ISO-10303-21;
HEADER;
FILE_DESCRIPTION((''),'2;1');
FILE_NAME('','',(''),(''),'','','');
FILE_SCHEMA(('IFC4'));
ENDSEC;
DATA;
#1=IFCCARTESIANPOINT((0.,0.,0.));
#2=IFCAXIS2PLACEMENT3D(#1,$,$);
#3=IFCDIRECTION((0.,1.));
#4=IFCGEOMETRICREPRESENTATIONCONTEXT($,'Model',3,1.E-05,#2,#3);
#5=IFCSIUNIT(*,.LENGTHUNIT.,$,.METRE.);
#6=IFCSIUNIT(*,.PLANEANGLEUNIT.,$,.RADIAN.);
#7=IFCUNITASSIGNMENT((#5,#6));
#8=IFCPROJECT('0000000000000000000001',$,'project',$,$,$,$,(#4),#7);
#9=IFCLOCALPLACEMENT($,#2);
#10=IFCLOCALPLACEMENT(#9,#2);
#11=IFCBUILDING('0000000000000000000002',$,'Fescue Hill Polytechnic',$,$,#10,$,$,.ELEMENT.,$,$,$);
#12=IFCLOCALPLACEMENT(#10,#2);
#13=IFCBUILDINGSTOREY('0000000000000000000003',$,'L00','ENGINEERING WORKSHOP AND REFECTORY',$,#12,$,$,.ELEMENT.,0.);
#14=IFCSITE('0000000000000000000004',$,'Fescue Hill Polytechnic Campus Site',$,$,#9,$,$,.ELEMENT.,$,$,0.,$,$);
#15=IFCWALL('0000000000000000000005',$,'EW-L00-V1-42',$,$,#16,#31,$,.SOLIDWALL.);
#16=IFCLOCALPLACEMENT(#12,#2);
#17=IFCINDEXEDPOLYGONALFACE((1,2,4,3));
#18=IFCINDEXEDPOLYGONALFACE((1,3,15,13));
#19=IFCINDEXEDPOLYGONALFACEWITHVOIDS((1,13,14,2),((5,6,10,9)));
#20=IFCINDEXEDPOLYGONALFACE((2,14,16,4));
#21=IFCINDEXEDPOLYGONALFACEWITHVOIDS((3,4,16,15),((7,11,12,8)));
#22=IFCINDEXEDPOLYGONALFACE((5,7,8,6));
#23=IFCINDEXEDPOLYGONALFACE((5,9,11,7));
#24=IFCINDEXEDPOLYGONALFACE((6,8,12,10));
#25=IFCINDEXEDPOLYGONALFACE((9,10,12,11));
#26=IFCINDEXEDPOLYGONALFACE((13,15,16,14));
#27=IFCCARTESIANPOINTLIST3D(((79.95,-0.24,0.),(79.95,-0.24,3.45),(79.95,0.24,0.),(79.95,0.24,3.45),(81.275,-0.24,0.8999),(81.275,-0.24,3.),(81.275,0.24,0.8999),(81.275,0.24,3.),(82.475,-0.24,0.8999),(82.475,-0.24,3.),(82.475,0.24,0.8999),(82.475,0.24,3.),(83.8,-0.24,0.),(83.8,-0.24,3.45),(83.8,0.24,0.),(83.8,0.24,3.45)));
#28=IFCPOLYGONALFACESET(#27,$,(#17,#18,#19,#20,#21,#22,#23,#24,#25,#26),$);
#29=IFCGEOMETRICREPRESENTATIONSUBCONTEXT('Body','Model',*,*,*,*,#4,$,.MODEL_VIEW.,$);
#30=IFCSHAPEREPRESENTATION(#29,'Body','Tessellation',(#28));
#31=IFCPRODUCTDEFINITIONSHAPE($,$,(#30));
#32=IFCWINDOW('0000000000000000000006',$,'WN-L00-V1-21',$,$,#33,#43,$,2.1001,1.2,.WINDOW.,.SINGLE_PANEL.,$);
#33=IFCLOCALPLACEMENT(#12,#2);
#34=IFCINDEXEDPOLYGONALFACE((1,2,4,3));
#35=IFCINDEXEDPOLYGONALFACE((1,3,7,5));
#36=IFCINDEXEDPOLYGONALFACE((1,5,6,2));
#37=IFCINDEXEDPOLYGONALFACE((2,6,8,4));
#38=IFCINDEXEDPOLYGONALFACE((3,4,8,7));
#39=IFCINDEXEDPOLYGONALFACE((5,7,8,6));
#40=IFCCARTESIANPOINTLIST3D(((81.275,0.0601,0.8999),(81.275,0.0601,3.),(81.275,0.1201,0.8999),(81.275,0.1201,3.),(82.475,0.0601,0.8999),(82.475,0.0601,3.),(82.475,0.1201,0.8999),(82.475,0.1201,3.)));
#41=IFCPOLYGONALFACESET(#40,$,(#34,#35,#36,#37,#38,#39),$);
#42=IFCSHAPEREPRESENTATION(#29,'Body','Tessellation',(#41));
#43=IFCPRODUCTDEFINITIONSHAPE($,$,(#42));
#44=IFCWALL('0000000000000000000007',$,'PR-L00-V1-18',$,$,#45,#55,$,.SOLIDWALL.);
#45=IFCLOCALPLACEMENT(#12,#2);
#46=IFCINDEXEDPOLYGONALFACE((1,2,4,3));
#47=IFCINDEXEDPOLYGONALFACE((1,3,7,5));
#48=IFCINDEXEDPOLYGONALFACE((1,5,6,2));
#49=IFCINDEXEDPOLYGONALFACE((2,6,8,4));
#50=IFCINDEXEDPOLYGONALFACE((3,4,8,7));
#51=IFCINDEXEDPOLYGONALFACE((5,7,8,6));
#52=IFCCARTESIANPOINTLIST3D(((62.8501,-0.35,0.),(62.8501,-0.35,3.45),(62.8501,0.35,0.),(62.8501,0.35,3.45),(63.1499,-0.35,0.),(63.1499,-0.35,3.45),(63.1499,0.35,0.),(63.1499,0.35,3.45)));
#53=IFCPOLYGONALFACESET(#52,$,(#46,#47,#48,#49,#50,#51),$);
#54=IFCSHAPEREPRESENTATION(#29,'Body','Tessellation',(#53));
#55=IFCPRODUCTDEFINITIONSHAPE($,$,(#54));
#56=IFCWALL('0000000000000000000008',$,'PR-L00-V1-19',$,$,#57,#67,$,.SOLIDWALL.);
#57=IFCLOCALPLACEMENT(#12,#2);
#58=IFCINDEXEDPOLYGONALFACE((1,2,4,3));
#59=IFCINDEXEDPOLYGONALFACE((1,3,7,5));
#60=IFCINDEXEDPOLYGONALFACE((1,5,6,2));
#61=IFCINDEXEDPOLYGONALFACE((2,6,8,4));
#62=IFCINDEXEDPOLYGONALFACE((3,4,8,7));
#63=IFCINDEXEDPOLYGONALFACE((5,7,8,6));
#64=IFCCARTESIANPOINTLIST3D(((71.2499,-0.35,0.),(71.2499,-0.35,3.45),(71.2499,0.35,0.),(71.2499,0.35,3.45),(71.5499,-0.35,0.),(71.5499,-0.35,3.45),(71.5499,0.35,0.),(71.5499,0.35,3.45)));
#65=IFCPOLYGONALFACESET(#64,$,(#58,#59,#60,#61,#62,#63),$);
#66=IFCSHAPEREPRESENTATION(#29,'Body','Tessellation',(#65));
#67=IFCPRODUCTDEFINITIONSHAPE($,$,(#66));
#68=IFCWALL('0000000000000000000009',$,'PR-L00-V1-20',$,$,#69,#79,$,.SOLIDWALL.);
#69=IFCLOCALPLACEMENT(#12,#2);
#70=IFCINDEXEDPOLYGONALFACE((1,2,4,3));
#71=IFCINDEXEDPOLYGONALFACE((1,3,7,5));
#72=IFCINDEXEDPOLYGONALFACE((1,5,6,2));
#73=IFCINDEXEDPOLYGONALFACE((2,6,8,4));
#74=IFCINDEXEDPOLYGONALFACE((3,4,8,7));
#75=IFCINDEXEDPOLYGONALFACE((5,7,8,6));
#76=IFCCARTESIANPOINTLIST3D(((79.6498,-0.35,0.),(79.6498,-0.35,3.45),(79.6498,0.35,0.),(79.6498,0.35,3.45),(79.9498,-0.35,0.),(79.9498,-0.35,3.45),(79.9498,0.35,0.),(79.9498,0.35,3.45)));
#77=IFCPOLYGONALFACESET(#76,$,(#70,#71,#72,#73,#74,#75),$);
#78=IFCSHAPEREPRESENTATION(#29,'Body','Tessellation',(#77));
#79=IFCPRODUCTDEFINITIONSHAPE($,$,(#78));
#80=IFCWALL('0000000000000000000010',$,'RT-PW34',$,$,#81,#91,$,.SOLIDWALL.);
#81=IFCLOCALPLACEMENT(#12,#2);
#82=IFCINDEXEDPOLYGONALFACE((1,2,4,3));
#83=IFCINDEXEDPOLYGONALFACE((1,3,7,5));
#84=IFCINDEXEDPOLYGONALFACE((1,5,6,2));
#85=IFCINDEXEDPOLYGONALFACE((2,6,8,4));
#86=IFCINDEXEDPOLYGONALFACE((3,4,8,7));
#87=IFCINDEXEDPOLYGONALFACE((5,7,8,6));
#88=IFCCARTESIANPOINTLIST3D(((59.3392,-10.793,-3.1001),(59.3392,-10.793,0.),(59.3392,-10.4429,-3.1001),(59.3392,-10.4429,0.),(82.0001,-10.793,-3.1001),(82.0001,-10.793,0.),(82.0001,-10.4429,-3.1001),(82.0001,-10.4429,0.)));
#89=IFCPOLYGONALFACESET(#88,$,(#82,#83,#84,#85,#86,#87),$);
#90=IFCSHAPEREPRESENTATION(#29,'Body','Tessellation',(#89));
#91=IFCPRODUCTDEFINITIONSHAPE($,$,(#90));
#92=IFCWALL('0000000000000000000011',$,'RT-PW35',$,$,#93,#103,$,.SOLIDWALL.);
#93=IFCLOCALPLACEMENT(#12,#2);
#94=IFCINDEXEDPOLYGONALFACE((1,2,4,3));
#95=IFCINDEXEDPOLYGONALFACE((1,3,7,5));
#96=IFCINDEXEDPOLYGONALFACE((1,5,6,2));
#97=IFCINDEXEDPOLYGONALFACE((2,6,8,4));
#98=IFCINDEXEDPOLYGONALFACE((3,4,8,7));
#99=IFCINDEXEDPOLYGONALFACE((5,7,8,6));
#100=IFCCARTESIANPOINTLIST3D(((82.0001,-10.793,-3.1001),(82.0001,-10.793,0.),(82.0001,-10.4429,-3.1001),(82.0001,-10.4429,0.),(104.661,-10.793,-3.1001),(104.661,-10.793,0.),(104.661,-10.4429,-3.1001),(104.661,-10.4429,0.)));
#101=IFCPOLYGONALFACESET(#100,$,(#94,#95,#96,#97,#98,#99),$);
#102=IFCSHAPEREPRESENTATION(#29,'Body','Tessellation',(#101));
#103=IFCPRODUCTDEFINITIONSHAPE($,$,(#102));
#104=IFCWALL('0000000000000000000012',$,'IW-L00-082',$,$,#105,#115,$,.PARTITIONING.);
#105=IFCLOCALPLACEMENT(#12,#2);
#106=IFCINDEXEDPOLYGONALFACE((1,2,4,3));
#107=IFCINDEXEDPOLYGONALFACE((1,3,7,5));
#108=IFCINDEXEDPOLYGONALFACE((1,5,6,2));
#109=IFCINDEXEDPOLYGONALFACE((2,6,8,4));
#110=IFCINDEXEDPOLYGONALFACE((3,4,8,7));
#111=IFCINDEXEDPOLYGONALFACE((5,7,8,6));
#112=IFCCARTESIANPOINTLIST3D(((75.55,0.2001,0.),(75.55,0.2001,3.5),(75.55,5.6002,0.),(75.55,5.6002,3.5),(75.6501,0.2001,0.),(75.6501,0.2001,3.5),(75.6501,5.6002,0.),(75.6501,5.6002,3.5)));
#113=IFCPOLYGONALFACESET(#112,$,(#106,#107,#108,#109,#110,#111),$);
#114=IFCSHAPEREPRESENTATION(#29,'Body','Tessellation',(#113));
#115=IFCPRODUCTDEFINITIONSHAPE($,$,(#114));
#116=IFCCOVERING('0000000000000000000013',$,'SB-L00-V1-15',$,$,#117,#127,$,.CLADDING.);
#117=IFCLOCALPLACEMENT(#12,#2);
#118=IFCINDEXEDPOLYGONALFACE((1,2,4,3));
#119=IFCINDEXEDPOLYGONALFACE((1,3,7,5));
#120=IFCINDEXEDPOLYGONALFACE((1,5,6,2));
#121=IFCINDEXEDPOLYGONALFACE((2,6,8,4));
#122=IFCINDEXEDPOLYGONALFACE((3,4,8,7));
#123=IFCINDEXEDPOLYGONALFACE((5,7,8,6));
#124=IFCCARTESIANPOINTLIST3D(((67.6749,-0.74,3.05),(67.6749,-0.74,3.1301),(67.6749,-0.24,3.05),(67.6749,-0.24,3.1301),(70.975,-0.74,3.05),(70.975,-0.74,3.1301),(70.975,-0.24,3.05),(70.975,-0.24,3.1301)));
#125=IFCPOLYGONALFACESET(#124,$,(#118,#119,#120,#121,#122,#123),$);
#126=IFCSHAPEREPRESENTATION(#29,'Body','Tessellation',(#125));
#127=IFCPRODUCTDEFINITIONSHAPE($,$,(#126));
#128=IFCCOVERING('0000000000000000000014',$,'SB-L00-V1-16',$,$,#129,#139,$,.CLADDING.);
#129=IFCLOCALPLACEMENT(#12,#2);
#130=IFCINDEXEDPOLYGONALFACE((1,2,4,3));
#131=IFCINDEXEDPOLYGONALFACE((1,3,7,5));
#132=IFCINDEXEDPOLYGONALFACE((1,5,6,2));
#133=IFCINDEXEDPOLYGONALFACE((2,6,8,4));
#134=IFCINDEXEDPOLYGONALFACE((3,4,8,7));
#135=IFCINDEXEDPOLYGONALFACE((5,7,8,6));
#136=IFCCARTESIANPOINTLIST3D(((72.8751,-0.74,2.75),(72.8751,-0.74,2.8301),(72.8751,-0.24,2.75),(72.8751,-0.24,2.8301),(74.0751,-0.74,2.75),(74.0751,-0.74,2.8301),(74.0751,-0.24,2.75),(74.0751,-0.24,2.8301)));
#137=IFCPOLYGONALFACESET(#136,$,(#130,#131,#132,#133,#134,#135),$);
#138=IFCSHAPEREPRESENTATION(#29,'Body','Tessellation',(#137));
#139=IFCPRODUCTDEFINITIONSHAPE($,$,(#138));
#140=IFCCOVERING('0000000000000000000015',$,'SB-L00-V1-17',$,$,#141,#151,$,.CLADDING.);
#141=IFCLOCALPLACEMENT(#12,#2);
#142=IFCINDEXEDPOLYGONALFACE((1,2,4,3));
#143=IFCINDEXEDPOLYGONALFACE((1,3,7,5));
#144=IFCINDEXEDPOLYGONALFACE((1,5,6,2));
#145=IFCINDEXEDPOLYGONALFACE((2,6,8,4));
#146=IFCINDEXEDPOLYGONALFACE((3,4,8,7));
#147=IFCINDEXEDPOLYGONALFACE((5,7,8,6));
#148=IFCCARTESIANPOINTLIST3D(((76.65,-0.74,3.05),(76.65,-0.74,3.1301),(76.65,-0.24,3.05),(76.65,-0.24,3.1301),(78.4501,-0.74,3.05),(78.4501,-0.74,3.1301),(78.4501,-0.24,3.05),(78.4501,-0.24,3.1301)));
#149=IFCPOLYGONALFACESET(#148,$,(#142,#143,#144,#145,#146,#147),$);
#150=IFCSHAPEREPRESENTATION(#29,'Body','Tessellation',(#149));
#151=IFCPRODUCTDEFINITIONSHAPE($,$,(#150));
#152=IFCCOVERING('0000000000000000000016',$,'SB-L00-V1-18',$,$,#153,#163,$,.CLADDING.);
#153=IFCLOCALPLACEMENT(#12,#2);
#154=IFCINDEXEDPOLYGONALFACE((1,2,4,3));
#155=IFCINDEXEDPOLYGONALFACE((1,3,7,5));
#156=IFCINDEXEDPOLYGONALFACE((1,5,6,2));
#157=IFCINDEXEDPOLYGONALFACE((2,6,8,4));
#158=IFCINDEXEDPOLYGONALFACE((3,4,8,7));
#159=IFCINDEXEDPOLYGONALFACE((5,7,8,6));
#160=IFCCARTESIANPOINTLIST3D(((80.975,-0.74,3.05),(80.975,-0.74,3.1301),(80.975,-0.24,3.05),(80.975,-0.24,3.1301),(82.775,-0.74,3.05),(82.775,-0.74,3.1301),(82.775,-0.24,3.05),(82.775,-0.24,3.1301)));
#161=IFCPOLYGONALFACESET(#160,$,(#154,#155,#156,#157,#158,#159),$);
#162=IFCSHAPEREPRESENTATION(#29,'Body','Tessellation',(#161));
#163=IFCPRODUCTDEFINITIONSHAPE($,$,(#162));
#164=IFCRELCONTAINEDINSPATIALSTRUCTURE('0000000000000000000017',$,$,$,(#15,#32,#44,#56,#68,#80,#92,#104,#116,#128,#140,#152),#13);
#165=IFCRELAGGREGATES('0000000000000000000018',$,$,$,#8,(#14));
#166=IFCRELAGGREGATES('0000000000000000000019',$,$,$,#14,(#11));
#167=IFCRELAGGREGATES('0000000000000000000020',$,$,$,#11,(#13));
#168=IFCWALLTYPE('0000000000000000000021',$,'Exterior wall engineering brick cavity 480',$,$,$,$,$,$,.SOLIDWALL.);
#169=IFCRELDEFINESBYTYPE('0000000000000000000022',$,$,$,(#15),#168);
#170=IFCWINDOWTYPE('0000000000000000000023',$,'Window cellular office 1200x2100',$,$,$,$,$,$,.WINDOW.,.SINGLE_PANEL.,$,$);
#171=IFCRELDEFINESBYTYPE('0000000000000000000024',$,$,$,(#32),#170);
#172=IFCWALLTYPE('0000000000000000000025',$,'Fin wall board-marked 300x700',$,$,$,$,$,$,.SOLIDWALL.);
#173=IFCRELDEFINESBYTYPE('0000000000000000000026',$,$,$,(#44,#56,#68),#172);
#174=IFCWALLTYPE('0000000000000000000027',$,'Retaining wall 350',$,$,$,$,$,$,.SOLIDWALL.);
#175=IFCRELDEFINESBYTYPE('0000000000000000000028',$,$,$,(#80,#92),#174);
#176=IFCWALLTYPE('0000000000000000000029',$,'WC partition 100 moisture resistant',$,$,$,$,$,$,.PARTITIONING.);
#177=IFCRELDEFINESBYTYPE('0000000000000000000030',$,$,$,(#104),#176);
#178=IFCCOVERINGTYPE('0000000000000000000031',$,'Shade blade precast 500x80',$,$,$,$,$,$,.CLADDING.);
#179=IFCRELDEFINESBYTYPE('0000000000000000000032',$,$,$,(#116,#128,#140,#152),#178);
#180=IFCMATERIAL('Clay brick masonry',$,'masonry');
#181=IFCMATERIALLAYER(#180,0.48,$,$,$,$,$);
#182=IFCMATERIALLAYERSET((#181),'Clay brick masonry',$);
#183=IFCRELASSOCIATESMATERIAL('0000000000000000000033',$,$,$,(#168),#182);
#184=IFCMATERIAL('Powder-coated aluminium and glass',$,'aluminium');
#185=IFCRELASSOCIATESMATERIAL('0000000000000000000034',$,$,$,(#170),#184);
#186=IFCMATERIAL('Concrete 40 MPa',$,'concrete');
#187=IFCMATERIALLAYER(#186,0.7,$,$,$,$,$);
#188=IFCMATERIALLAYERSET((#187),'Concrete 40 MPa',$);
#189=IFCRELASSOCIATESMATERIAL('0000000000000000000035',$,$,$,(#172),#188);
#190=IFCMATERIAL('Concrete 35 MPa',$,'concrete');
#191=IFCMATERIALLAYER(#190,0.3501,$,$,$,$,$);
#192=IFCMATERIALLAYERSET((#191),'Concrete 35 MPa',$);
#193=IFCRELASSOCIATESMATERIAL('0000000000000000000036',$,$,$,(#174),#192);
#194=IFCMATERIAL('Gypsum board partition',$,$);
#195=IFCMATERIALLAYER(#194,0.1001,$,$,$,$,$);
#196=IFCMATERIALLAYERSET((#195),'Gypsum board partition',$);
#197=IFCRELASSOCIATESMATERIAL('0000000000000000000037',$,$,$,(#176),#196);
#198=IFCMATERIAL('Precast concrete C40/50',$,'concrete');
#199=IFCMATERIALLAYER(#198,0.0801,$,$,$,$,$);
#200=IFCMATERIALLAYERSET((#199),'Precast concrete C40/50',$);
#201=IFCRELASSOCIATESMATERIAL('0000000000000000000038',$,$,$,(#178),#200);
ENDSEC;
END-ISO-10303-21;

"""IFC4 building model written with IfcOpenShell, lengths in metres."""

from ifc_helpers import new_model, si_unit, direction, frame, frame_2d, origin, origin_2d, place, context, subcontext, project, spatial, rectangle, extrude, material, layer, layer_set, type_object, element, fill, save


model = new_model("IFC4")

# Units and contexts
model_context = context("Model", 3, precision=1e-05, world=origin(), true_north=direction((0.0, 1.0)))
body_context = subcontext(model_context, "Body", "Model", "MODEL_VIEW")
ifc_project = project(units=[si_unit("LENGTHUNIT", "METRE"), si_unit("PLANEANGLEUNIT", "RADIAN")], contexts=[model_context])

# Site, building, storey
site_placement = place(None, origin())
site = spatial("IfcSite", under=ifc_project, at=site_placement, Name="Fescue Hill Polytechnic Campus Site", CompositionType="ELEMENT", RefElevation=0.0)
building_placement = place(site_placement, origin())
building = spatial("IfcBuilding", under=site, at=building_placement, Name="Fescue Hill Polytechnic", CompositionType="ELEMENT")
storey_placement = place(building_placement, origin())
storey = spatial("IfcBuildingStorey", under=building, at=storey_placement, Name="L00", Description="ENGINEERING WORKSHOP AND REFECTORY", CompositionType="ELEMENT", Elevation=0.0)

# Shared definitions
ifc_material_1 = material(Name="Concrete 40 MPa", Category="concrete")

# Shared definitions
ifc_material_2 = material(Name="Clay brick masonry", Category="masonry")
ifc_layer_1 = layer(ifc_material_2, 0.48)
ifc_layer_set_1 = layer_set([ifc_layer_1], Name="Clay brick masonry")
wall_type_1 = type_object("IfcWallType", Name="Exterior wall engineering brick cavity 480", PredefinedType="SOLIDWALL", material=ifc_layer_set_1)

# Wall, opening, window
ifc_material_3 = material(Name="Powder-coated aluminium and glass", Category="aluminium")
wall_1_placement = place(storey_placement, frame((79.95, 0.0, 0.0), z_axis=(0.0, 0.0, 1.0), x_axis=(1.0, 0.0, 0.0)))
wall_1 = element("IfcWall", 1, at=wall_1_placement, inside=storey, type_object=wall_type_1, Name="EW-L00-V1-42", PredefinedType="SOLIDWALL", context=body_context, shape_type="SweptSolid", body=[
    extrude(rectangle(XDim=3.8501, YDim=0.48, at=frame_2d((1.925, 0.0))), origin(), (0.0, 0.0, 1.0), 3.45),
])
opening_1_placement = place(wall_1_placement, frame((1.325, 0.0, 0.8999)))
opening_1 = element("IfcOpeningElement", 2, at=opening_1_placement, cuts=wall_1, PredefinedType="OPENING", context=body_context, shape_type="SweptSolid", body=[
    extrude(rectangle(XDim=1.2, YDim=2.1001, at=frame_2d((0.6001, 1.05))), frame((0.0, 0.25, 0.0), z_axis=(0.0, -1.0, 0.0), x_axis=(1.0, 0.0, 0.0)), (0.0, 0.0, 1.0), 0.5),
])
window_type_1 = type_object("IfcWindowType", Name="Window cellular office 1200x2100", PartitioningType="SINGLE_PANEL", PredefinedType="WINDOW", material=ifc_material_3)
window_1_placement = place(opening_1_placement, origin())
window_1 = element("IfcWindow", 3, at=window_1_placement, inside=storey, type_object=window_type_1, Name="WN-L00-V1-21", OverallHeight=2.1001, OverallWidth=1.2, PartitioningType="SINGLE_PANEL", PredefinedType="WINDOW", context=body_context, shape_type="SweptSolid", body=[
    extrude(rectangle(XDim=1.2, YDim=2.1001, at=frame_2d((0.6001, 1.05))), frame((0.0, 0.1201, 0.0), z_axis=(0.0, -1.0, 0.0), x_axis=(1.0, 0.0, 0.0)), (0.0, 0.0, 1.0), 0.0601),
])
fill(opening_1, window_1)

# Walls
ifc_layer_2 = layer(ifc_material_1, 0.7)
ifc_layer_set_2 = layer_set([ifc_layer_2], Name="Concrete 40 MPa")
wall_type_2 = type_object("IfcWallType", Name="Fin wall board-marked 300x700", PredefinedType="SOLIDWALL", material=ifc_layer_set_2)
wall_2_placement = place(storey_placement, frame((62.8501, 0.0, 0.0), z_axis=(0.0, 0.0, 1.0), x_axis=(1.0, 0.0, 0.0)))
element("IfcWall", 4, at=wall_2_placement, inside=storey, type_object=wall_type_2, Name="PR-L00-V1-18", PredefinedType="SOLIDWALL", context=body_context, shape_type="SweptSolid", body=[
    extrude(rectangle(XDim=0.2998, YDim=0.7, at=frame_2d((0.1499, 0.0))), origin(), (0.0, 0.0, 1.0), 3.45),
])
for number, where, z_axis, x_axis, name in (
    (5, (71.25, 0.0, 0.0), (0.0, 0.0, 1.0), (1.0, 0.0, 0.0), "PR-L00-V1-19"),
    (6, (79.6499, 0.0, 0.0), (0.0, 0.0, 1.0), (1.0, 0.0, 0.0), "PR-L00-V1-20"),
):
    element("IfcWall", number, at=place(storey_placement, frame(where, z_axis=z_axis, x_axis=x_axis)), inside=storey, type_object=wall_type_2, Name=name, PredefinedType="SOLIDWALL", context=body_context, shape_type="SweptSolid", body=[
        extrude(rectangle(XDim=0.3, YDim=0.7, at=frame_2d((0.1499, 0.0))), origin(), (0.0, 0.0, 1.0), 3.45),
    ])
ifc_material_4 = material(Name="Concrete 35 MPa", Category="concrete")
ifc_layer_3 = layer(ifc_material_4, 0.3501)
ifc_layer_set_3 = layer_set([ifc_layer_3], Name="Concrete 35 MPa")
wall_type_3 = type_object("IfcWallType", Name="Retaining wall 350", PredefinedType="SOLIDWALL", material=ifc_layer_set_3)
for number, where, z_axis, x_axis, name in (
    (7, (59.3391, -10.6179, -3.1001), (0.0, 0.0, 1.0), (1.0, 0.0, 0.0), "RT-PW34"),
    (8, (82.0, -10.6179, -3.1001), (0.0, 0.0, 1.0), (1.0, 0.0, 0.0), "RT-PW35"),
):
    element("IfcWall", number, at=place(storey_placement, frame(where, z_axis=z_axis, x_axis=x_axis)), inside=storey, type_object=wall_type_3, Name=name, PredefinedType="SOLIDWALL", context=body_context, shape_type="SweptSolid", body=[
        extrude(rectangle(XDim=22.6609, YDim=0.3501, at=frame_2d((11.3306, 0.0))), origin(), (0.0, 0.0, 1.0), 3.1001),
    ])
ifc_material_5 = material(Name="Gypsum board partition")
ifc_layer_4 = layer(ifc_material_5, 0.1001)
ifc_layer_set_4 = layer_set([ifc_layer_4], Name="Gypsum board partition")
wall_type_4 = type_object("IfcWallType", Name="WC partition 100 moisture resistant", PredefinedType="PARTITIONING", material=ifc_layer_set_4)
wall_3_placement = place(storey_placement, frame((75.6001, 0.2, 0.0), z_axis=(0.0, 0.0, 1.0), x_axis=(0.0, 1.0, 0.0)))
element("IfcWall", 9, at=wall_3_placement, inside=storey, type_object=wall_type_4, Name="IW-L00-082", PredefinedType="PARTITIONING", context=body_context, shape_type="SweptSolid", body=[
    extrude(rectangle(XDim=5.4001, YDim=0.1001, at=frame_2d((2.7002, 0.0))), origin(), (0.0, 0.0, 1.0), 3.5),
])

# Coverings
ifc_material_6 = material(Name="Precast concrete C40/50", Category="concrete")
ifc_layer_5 = layer(ifc_material_6, 0.0801)
ifc_layer_set_5 = layer_set([ifc_layer_5], Name="Precast concrete C40/50")
covering_type = type_object("IfcCoveringType", Name="Shade blade precast 500x80", PredefinedType="CLADDING", material=ifc_layer_set_5)
covering_1_placement = place(storey_placement, frame((69.325, -0.49, 3.05), z_axis=(0.0, 0.0, 1.0), x_axis=(1.0, 0.0, 0.0)))
element("IfcCovering", 10, at=covering_1_placement, inside=storey, type_object=covering_type, Name="SB-L00-V1-15", PredefinedType="CLADDING", context=body_context, shape_type="SweptSolid", body=[
    extrude(rectangle(XDim=3.3, YDim=0.5, at=origin_2d()), origin(), (0.0, 0.0, 1.0), 0.0801),
])
covering_2_placement = place(storey_placement, frame((73.4751, -0.49, 2.75), z_axis=(0.0, 0.0, 1.0), x_axis=(1.0, 0.0, 0.0)))
element("IfcCovering", 11, at=covering_2_placement, inside=storey, type_object=covering_type, Name="SB-L00-V1-16", PredefinedType="CLADDING", context=body_context, shape_type="SweptSolid", body=[
    extrude(rectangle(XDim=1.2, YDim=0.5, at=origin_2d()), origin(), (0.0, 0.0, 1.0), 0.0801),
])
for number, where, z_axis, x_axis, name in (
    (12, (77.55, -0.49, 3.05), (0.0, 0.0, 1.0), (1.0, 0.0, 0.0), "SB-L00-V1-17"),
    (13, (81.875, -0.49, 3.05), (0.0, 0.0, 1.0), (1.0, 0.0, 0.0), "SB-L00-V1-18"),
):
    element("IfcCovering", number, at=place(storey_placement, frame(where, z_axis=z_axis, x_axis=x_axis)), inside=storey, type_object=covering_type, Name=name, PredefinedType="CLADDING", context=body_context, shape_type="SweptSolid", body=[
        extrude(rectangle(XDim=1.8, YDim=0.5, at=origin_2d()), origin(), (0.0, 0.0, 1.0), 0.0801),
    ])

save(model, "model.ifc")
